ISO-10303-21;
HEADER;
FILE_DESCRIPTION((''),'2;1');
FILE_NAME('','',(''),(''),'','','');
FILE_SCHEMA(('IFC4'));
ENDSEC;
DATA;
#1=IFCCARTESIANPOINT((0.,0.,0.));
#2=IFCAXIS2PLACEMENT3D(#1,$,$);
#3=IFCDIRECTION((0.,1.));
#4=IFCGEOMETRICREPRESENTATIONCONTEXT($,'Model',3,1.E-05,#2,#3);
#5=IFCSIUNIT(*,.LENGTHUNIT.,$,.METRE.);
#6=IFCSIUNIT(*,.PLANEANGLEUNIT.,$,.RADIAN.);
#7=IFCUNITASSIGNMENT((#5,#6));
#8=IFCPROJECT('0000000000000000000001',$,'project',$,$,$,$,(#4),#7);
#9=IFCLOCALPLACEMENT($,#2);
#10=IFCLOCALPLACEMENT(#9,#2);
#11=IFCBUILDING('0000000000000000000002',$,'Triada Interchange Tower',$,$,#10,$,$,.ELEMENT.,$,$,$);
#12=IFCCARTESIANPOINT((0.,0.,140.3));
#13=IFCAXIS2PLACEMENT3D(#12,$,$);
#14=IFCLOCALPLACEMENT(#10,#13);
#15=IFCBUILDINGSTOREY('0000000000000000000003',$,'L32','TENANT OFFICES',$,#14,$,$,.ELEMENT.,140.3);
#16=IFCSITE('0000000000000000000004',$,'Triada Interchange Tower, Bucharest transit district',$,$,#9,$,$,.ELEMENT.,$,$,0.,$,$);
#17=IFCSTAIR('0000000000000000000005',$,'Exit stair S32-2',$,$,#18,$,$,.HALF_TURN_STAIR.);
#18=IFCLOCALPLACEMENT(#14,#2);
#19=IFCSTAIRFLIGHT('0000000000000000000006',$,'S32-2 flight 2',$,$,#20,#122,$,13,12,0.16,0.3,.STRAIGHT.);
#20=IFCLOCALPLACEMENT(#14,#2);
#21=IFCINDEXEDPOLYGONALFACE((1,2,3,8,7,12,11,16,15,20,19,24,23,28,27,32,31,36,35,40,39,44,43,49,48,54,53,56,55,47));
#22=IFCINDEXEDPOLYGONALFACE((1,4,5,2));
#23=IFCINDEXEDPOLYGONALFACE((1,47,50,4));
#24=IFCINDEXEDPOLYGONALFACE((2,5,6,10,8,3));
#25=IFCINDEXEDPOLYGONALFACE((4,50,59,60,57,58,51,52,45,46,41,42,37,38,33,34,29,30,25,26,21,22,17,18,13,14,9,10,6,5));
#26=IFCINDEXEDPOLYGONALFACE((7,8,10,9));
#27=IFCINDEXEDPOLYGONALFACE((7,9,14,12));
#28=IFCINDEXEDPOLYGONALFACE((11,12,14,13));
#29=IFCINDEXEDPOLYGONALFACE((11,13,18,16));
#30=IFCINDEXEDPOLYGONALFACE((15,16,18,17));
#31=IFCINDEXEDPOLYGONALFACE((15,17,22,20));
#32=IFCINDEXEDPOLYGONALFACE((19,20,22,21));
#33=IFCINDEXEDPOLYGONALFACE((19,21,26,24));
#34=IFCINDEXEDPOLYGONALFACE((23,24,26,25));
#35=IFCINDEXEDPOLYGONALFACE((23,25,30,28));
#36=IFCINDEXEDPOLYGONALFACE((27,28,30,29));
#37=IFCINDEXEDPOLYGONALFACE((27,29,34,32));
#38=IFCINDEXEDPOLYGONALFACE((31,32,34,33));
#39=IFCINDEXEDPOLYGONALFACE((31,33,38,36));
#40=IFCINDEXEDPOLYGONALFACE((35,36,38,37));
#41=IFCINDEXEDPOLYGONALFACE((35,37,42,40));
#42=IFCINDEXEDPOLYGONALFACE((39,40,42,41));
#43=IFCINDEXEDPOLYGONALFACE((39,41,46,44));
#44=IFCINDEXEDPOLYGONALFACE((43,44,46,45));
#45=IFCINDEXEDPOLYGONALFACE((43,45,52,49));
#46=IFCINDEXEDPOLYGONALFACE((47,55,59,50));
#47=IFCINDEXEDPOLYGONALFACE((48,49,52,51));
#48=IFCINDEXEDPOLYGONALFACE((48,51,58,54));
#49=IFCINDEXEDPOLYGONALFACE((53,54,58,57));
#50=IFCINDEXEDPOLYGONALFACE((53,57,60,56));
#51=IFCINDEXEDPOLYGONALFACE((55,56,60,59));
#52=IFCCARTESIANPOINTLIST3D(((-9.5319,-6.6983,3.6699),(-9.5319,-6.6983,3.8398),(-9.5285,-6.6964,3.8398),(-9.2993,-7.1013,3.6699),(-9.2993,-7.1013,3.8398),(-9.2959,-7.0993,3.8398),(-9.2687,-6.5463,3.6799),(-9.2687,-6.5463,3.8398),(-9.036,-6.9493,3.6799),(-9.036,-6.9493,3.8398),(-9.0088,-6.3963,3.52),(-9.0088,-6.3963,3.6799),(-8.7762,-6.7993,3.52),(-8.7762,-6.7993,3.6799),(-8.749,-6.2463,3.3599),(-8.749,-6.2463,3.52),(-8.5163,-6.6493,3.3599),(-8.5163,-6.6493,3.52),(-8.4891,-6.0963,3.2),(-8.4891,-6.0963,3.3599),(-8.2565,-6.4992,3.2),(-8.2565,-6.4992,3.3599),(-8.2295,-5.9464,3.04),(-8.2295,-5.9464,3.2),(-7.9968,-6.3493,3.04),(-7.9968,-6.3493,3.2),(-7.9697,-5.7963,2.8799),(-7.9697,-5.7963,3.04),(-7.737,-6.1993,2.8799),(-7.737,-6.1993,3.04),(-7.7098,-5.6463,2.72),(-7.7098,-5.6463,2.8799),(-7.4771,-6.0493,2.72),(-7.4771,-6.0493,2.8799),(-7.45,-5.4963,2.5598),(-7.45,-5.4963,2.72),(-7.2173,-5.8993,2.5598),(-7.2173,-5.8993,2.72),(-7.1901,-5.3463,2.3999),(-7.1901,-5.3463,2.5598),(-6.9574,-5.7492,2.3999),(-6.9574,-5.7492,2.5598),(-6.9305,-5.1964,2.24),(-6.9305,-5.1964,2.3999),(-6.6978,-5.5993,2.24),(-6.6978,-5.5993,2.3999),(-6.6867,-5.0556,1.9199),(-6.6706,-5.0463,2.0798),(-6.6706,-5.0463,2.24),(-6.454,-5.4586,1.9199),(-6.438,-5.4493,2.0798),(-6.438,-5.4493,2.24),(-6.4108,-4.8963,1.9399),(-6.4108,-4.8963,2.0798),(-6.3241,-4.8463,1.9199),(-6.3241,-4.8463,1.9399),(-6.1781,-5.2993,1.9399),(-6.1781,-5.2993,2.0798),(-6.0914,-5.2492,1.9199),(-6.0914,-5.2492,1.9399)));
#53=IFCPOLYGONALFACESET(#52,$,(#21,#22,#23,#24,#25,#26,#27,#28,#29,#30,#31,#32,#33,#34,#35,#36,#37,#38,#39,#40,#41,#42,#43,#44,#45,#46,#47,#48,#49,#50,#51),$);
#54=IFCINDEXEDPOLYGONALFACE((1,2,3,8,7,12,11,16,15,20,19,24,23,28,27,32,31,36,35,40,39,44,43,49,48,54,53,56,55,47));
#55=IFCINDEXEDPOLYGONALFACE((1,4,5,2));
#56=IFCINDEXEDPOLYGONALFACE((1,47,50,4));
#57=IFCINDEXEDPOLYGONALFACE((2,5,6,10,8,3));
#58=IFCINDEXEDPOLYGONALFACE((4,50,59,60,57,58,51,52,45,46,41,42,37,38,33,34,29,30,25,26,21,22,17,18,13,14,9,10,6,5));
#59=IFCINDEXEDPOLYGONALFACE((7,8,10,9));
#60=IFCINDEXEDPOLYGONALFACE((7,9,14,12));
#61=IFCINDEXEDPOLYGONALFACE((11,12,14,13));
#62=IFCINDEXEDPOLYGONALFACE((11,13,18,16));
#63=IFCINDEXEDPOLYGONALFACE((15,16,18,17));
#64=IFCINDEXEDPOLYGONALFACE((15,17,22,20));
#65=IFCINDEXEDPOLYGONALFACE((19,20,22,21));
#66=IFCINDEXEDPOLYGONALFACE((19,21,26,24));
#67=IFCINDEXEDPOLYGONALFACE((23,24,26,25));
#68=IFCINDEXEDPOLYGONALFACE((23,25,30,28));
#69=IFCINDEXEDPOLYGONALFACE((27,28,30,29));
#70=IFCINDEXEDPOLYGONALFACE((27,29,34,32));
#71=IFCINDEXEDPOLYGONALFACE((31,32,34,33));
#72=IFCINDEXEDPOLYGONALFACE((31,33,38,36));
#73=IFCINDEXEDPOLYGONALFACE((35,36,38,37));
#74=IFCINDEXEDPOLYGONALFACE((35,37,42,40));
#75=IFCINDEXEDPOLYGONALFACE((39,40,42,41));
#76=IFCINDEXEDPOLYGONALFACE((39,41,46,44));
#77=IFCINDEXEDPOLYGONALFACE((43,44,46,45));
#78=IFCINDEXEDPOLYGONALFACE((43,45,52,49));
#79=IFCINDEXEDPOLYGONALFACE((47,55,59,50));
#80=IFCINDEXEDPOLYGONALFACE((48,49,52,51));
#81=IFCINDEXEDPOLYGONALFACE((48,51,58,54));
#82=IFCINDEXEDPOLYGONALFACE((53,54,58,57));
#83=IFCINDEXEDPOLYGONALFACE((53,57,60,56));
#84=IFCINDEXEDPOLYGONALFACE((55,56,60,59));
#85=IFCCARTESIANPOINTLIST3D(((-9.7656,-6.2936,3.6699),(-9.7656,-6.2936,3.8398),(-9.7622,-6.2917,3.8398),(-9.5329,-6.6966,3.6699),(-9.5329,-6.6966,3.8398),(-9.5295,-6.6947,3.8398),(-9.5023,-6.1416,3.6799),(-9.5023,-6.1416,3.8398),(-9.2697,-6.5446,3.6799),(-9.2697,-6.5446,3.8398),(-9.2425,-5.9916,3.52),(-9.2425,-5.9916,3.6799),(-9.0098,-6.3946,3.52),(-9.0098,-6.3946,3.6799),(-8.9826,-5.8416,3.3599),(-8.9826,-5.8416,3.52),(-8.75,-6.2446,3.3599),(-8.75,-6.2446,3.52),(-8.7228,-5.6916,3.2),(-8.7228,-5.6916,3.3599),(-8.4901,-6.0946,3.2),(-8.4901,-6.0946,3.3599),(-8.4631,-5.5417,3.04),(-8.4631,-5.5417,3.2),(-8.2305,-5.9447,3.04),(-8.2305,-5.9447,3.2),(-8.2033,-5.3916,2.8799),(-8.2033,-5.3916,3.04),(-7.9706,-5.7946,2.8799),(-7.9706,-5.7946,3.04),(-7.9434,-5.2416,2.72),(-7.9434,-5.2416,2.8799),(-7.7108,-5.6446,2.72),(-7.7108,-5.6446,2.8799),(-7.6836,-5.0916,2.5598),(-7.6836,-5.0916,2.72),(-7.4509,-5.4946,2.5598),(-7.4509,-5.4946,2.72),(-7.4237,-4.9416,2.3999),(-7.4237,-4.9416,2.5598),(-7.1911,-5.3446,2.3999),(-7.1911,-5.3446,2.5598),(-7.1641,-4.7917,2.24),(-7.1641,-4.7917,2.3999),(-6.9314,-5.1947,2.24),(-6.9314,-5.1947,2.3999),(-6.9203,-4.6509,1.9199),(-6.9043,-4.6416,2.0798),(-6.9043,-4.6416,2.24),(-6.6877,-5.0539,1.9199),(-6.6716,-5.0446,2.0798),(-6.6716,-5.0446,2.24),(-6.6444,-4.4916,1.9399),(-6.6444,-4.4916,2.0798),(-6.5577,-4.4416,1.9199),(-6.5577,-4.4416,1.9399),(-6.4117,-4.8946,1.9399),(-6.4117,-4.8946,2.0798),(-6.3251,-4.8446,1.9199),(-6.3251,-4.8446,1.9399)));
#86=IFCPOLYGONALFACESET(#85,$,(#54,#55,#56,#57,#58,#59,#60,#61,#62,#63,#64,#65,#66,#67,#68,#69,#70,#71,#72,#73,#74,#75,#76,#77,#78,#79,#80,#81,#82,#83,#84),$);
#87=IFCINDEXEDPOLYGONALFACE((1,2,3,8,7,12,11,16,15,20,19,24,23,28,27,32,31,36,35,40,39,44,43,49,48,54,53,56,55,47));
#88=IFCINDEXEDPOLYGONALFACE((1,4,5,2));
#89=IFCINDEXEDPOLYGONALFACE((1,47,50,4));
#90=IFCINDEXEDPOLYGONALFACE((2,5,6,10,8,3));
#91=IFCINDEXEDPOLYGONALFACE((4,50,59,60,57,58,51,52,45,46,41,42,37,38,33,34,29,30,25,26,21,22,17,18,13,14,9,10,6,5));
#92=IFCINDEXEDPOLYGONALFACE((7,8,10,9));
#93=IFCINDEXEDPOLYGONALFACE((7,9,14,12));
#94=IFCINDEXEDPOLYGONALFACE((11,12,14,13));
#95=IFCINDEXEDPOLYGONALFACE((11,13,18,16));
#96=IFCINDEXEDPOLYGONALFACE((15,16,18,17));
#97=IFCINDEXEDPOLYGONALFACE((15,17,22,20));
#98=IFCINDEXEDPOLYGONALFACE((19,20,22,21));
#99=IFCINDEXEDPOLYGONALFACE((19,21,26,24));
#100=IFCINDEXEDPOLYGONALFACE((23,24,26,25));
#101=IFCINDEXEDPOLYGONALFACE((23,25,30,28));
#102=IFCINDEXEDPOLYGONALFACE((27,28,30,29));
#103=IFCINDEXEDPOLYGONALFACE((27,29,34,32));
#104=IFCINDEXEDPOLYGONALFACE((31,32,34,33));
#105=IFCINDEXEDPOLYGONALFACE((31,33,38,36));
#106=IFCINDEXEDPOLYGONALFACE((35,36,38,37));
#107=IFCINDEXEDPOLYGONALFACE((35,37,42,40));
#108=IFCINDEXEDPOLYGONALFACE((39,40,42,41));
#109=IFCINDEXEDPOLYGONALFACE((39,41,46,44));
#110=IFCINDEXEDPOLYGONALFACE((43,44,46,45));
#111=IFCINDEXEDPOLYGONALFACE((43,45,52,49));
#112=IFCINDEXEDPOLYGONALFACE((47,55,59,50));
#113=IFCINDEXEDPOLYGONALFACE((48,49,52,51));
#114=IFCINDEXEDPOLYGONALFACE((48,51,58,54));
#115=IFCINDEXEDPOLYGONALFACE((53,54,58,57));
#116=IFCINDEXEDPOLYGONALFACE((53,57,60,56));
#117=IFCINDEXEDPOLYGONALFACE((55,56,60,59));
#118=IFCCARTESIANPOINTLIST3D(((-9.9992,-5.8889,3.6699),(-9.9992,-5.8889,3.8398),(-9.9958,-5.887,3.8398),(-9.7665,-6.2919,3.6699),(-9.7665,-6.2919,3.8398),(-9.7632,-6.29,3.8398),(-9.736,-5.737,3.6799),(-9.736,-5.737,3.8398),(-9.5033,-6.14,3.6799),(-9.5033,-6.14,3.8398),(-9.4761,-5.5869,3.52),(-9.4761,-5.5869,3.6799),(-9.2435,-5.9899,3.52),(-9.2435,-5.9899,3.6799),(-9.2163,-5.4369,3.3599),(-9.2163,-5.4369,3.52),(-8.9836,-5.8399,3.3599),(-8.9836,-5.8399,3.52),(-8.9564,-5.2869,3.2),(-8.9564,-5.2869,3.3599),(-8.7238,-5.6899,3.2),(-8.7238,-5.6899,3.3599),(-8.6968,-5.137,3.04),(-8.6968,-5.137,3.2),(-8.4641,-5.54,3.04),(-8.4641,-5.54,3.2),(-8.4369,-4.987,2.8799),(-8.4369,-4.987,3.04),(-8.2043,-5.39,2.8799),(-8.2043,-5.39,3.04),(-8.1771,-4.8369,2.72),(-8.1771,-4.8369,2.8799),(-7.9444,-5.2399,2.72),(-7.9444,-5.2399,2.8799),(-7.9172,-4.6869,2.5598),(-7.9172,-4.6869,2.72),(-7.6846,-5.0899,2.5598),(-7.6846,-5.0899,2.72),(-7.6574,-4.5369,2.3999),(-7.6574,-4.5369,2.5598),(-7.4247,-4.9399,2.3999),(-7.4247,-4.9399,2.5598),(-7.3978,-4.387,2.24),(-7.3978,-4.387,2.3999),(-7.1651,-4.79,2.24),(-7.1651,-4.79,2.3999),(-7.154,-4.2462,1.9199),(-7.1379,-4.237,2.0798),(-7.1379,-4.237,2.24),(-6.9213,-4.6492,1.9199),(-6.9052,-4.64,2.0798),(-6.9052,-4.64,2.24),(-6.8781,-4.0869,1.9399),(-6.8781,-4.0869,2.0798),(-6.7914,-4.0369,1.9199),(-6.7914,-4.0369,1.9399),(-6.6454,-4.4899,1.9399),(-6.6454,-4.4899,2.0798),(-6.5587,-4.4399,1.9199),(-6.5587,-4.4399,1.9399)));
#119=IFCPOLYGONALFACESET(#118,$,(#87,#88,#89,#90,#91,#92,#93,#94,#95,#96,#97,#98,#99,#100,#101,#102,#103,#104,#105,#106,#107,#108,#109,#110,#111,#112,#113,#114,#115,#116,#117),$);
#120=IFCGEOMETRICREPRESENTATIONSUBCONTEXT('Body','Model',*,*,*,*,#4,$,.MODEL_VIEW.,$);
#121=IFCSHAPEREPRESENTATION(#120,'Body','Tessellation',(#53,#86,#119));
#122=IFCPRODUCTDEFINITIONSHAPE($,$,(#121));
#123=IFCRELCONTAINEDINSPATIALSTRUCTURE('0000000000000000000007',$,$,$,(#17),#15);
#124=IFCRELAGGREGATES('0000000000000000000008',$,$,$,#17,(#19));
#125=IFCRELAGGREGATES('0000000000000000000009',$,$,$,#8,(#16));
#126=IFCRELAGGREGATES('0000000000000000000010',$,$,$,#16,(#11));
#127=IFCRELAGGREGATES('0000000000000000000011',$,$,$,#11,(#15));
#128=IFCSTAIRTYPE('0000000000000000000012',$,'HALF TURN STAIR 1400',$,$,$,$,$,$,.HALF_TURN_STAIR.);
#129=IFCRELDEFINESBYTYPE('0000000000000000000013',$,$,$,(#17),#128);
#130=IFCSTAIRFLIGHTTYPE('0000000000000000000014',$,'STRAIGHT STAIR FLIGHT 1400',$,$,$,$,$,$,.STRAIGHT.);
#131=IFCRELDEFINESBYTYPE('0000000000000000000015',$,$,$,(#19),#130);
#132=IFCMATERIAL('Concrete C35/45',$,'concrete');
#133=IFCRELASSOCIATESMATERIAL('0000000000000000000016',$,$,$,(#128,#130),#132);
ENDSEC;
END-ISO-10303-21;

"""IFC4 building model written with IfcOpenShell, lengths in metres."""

from ifc_helpers import new_model, si_unit, direction, frame, origin, place, context, subcontext, project, spatial, polyline, outline, extrude, material, type_object, element, aggregate, save


model = new_model("IFC4")

# Units and contexts
model_context = context("Model", 3, precision=1e-05, world=origin(), true_north=direction((0.0, 1.0)))
body_context = subcontext(model_context, "Body", "Model", "MODEL_VIEW")
ifc_project = project(units=[si_unit("LENGTHUNIT", "METRE"), si_unit("PLANEANGLEUNIT", "RADIAN")], contexts=[model_context])

# Site, building, storey
site_placement = place(None, origin())
site = spatial("IfcSite", under=ifc_project, at=site_placement, Name="Triada Interchange Tower, Bucharest transit district", CompositionType="ELEMENT", RefElevation=0.0)
building_placement = place(site_placement, origin())
building = spatial("IfcBuilding", under=site, at=building_placement, Name="Triada Interchange Tower", CompositionType="ELEMENT")
storey_placement = place(building_placement, frame((0.0, 0.0, 140.3)))
storey = spatial("IfcBuildingStorey", under=building, at=storey_placement, Name="L32", Description="TENANT OFFICES", CompositionType="ELEMENT", Elevation=140.3)

# Stair, stair flight
ifc_material_1 = material(Name="Concrete C35/45", Category="concrete")
stair_type = type_object("IfcStairType", Name="HALF TURN STAIR 1400", PredefinedType="HALF_TURN_STAIR", material=ifc_material_1)
stair_placement = place(storey_placement, origin())
stair = element("IfcStair", 1, at=stair_placement, inside=storey, type_object=stair_type, Name="Exit stair S32-2", PredefinedType="HALF_TURN_STAIR")
stair_flight_type = type_object("IfcStairFlightType", Name="STRAIGHT STAIR FLIGHT 1400", PredefinedType="STRAIGHT", material=ifc_material_1)
stair_flight_1_placement = place(storey_placement, frame((-6.5281, -4.6931, 1.9199), z_axis=(0.0, 0.0, 1.0), x_axis=(-0.866025, -0.5, 0.0)))
stair_flight_1 = element("IfcStairFlight", 2, at=stair_flight_1_placement, type_object=stair_flight_type, Name="S32-2 flight 2", NumberOfRisers=13, NumberOfTreads=12, PredefinedType="STRAIGHT", RiserHeight=0.16, TreadLength=0.3, context=body_context, shape_type="SweptSolid", body=[
    extrude(outline(polyline([(-0.1001, 0.0), (-0.1001, 0.02), (0.0, 0.02), (0.0, 0.1599), (0.3, 0.1599), (0.3, 0.3201), (0.6001, 0.3201), (0.6001, 0.48), (0.8999, 0.48), (0.8999, 0.6399), (1.2, 0.6399), (1.2, 0.8), (1.5, 0.8), (1.5, 0.96), (1.8, 0.96), (1.8, 1.1201), (2.1001, 1.1201), (2.1001, 1.28), (2.3999, 1.28), (2.3999, 1.4399), (2.7, 1.4399), (2.7, 1.6001), (3.0, 1.6001), (3.0, 1.76), (3.3, 1.76), (3.3, 1.9199), (3.6001, 1.9199), (3.604, 1.9199), (3.604, 2.0801), (3.604, 1.75), (0.3186, 0.0), (-0.1001, 0.0)])), frame((0.0, 0.7, 0.0), z_axis=(0.0, -1.0, 0.0), x_axis=(1.0, 0.0, 0.0)), (0.0, 0.0, 1.0), 0.4653),
    extrude(outline(polyline([(-0.1001, 0.0), (-0.1001, 0.02), (0.0, 0.02), (0.0, 0.1599), (0.3, 0.1599), (0.3, 0.3201), (0.6001, 0.3201), (0.6001, 0.48), (0.8999, 0.48), (0.8999, 0.6399), (1.2, 0.6399), (1.2, 0.8), (1.5, 0.8), (1.5, 0.96), (1.8, 0.96), (1.8, 1.1201), (2.1001, 1.1201), (2.1001, 1.28), (2.3999, 1.28), (2.3999, 1.4399), (2.7, 1.4399), (2.7, 1.6001), (3.0, 1.6001), (3.0, 1.76), (3.3, 1.76), (3.3, 1.9199), (3.6001, 1.9199), (3.604, 1.9199), (3.604, 2.0801), (3.604, 1.75), (0.3186, 0.0), (-0.1001, 0.0)])), frame((0.0, 0.2327, 0.0), z_axis=(0.0, -1.0, 0.0), x_axis=(1.0, 0.0, 0.0)), (0.0, 0.0, 1.0), 0.4653),
    extrude(outline(polyline([(-0.1001, 0.0), (-0.1001, 0.02), (0.0, 0.02), (0.0, 0.1599), (0.3, 0.1599), (0.3, 0.3201), (0.6001, 0.3201), (0.6001, 0.48), (0.8999, 0.48), (0.8999, 0.6399), (1.2, 0.6399), (1.2, 0.8), (1.5, 0.8), (1.5, 0.96), (1.8, 0.96), (1.8, 1.1201), (2.1001, 1.1201), (2.1001, 1.28), (2.3999, 1.28), (2.3999, 1.4399), (2.7, 1.4399), (2.7, 1.6001), (3.0, 1.6001), (3.0, 1.76), (3.3, 1.76), (3.3, 1.9199), (3.6001, 1.9199), (3.604, 1.9199), (3.604, 2.0801), (3.604, 1.75), (0.3186, 0.0), (-0.1001, 0.0)])), frame((0.0, -0.2346, 0.0), z_axis=(0.0, -1.0, 0.0), x_axis=(1.0, 0.0, 0.0)), (0.0, 0.0, 1.0), 0.4653),
])
aggregate(stair, [stair_flight_1])

save(model, "model.ifc")
